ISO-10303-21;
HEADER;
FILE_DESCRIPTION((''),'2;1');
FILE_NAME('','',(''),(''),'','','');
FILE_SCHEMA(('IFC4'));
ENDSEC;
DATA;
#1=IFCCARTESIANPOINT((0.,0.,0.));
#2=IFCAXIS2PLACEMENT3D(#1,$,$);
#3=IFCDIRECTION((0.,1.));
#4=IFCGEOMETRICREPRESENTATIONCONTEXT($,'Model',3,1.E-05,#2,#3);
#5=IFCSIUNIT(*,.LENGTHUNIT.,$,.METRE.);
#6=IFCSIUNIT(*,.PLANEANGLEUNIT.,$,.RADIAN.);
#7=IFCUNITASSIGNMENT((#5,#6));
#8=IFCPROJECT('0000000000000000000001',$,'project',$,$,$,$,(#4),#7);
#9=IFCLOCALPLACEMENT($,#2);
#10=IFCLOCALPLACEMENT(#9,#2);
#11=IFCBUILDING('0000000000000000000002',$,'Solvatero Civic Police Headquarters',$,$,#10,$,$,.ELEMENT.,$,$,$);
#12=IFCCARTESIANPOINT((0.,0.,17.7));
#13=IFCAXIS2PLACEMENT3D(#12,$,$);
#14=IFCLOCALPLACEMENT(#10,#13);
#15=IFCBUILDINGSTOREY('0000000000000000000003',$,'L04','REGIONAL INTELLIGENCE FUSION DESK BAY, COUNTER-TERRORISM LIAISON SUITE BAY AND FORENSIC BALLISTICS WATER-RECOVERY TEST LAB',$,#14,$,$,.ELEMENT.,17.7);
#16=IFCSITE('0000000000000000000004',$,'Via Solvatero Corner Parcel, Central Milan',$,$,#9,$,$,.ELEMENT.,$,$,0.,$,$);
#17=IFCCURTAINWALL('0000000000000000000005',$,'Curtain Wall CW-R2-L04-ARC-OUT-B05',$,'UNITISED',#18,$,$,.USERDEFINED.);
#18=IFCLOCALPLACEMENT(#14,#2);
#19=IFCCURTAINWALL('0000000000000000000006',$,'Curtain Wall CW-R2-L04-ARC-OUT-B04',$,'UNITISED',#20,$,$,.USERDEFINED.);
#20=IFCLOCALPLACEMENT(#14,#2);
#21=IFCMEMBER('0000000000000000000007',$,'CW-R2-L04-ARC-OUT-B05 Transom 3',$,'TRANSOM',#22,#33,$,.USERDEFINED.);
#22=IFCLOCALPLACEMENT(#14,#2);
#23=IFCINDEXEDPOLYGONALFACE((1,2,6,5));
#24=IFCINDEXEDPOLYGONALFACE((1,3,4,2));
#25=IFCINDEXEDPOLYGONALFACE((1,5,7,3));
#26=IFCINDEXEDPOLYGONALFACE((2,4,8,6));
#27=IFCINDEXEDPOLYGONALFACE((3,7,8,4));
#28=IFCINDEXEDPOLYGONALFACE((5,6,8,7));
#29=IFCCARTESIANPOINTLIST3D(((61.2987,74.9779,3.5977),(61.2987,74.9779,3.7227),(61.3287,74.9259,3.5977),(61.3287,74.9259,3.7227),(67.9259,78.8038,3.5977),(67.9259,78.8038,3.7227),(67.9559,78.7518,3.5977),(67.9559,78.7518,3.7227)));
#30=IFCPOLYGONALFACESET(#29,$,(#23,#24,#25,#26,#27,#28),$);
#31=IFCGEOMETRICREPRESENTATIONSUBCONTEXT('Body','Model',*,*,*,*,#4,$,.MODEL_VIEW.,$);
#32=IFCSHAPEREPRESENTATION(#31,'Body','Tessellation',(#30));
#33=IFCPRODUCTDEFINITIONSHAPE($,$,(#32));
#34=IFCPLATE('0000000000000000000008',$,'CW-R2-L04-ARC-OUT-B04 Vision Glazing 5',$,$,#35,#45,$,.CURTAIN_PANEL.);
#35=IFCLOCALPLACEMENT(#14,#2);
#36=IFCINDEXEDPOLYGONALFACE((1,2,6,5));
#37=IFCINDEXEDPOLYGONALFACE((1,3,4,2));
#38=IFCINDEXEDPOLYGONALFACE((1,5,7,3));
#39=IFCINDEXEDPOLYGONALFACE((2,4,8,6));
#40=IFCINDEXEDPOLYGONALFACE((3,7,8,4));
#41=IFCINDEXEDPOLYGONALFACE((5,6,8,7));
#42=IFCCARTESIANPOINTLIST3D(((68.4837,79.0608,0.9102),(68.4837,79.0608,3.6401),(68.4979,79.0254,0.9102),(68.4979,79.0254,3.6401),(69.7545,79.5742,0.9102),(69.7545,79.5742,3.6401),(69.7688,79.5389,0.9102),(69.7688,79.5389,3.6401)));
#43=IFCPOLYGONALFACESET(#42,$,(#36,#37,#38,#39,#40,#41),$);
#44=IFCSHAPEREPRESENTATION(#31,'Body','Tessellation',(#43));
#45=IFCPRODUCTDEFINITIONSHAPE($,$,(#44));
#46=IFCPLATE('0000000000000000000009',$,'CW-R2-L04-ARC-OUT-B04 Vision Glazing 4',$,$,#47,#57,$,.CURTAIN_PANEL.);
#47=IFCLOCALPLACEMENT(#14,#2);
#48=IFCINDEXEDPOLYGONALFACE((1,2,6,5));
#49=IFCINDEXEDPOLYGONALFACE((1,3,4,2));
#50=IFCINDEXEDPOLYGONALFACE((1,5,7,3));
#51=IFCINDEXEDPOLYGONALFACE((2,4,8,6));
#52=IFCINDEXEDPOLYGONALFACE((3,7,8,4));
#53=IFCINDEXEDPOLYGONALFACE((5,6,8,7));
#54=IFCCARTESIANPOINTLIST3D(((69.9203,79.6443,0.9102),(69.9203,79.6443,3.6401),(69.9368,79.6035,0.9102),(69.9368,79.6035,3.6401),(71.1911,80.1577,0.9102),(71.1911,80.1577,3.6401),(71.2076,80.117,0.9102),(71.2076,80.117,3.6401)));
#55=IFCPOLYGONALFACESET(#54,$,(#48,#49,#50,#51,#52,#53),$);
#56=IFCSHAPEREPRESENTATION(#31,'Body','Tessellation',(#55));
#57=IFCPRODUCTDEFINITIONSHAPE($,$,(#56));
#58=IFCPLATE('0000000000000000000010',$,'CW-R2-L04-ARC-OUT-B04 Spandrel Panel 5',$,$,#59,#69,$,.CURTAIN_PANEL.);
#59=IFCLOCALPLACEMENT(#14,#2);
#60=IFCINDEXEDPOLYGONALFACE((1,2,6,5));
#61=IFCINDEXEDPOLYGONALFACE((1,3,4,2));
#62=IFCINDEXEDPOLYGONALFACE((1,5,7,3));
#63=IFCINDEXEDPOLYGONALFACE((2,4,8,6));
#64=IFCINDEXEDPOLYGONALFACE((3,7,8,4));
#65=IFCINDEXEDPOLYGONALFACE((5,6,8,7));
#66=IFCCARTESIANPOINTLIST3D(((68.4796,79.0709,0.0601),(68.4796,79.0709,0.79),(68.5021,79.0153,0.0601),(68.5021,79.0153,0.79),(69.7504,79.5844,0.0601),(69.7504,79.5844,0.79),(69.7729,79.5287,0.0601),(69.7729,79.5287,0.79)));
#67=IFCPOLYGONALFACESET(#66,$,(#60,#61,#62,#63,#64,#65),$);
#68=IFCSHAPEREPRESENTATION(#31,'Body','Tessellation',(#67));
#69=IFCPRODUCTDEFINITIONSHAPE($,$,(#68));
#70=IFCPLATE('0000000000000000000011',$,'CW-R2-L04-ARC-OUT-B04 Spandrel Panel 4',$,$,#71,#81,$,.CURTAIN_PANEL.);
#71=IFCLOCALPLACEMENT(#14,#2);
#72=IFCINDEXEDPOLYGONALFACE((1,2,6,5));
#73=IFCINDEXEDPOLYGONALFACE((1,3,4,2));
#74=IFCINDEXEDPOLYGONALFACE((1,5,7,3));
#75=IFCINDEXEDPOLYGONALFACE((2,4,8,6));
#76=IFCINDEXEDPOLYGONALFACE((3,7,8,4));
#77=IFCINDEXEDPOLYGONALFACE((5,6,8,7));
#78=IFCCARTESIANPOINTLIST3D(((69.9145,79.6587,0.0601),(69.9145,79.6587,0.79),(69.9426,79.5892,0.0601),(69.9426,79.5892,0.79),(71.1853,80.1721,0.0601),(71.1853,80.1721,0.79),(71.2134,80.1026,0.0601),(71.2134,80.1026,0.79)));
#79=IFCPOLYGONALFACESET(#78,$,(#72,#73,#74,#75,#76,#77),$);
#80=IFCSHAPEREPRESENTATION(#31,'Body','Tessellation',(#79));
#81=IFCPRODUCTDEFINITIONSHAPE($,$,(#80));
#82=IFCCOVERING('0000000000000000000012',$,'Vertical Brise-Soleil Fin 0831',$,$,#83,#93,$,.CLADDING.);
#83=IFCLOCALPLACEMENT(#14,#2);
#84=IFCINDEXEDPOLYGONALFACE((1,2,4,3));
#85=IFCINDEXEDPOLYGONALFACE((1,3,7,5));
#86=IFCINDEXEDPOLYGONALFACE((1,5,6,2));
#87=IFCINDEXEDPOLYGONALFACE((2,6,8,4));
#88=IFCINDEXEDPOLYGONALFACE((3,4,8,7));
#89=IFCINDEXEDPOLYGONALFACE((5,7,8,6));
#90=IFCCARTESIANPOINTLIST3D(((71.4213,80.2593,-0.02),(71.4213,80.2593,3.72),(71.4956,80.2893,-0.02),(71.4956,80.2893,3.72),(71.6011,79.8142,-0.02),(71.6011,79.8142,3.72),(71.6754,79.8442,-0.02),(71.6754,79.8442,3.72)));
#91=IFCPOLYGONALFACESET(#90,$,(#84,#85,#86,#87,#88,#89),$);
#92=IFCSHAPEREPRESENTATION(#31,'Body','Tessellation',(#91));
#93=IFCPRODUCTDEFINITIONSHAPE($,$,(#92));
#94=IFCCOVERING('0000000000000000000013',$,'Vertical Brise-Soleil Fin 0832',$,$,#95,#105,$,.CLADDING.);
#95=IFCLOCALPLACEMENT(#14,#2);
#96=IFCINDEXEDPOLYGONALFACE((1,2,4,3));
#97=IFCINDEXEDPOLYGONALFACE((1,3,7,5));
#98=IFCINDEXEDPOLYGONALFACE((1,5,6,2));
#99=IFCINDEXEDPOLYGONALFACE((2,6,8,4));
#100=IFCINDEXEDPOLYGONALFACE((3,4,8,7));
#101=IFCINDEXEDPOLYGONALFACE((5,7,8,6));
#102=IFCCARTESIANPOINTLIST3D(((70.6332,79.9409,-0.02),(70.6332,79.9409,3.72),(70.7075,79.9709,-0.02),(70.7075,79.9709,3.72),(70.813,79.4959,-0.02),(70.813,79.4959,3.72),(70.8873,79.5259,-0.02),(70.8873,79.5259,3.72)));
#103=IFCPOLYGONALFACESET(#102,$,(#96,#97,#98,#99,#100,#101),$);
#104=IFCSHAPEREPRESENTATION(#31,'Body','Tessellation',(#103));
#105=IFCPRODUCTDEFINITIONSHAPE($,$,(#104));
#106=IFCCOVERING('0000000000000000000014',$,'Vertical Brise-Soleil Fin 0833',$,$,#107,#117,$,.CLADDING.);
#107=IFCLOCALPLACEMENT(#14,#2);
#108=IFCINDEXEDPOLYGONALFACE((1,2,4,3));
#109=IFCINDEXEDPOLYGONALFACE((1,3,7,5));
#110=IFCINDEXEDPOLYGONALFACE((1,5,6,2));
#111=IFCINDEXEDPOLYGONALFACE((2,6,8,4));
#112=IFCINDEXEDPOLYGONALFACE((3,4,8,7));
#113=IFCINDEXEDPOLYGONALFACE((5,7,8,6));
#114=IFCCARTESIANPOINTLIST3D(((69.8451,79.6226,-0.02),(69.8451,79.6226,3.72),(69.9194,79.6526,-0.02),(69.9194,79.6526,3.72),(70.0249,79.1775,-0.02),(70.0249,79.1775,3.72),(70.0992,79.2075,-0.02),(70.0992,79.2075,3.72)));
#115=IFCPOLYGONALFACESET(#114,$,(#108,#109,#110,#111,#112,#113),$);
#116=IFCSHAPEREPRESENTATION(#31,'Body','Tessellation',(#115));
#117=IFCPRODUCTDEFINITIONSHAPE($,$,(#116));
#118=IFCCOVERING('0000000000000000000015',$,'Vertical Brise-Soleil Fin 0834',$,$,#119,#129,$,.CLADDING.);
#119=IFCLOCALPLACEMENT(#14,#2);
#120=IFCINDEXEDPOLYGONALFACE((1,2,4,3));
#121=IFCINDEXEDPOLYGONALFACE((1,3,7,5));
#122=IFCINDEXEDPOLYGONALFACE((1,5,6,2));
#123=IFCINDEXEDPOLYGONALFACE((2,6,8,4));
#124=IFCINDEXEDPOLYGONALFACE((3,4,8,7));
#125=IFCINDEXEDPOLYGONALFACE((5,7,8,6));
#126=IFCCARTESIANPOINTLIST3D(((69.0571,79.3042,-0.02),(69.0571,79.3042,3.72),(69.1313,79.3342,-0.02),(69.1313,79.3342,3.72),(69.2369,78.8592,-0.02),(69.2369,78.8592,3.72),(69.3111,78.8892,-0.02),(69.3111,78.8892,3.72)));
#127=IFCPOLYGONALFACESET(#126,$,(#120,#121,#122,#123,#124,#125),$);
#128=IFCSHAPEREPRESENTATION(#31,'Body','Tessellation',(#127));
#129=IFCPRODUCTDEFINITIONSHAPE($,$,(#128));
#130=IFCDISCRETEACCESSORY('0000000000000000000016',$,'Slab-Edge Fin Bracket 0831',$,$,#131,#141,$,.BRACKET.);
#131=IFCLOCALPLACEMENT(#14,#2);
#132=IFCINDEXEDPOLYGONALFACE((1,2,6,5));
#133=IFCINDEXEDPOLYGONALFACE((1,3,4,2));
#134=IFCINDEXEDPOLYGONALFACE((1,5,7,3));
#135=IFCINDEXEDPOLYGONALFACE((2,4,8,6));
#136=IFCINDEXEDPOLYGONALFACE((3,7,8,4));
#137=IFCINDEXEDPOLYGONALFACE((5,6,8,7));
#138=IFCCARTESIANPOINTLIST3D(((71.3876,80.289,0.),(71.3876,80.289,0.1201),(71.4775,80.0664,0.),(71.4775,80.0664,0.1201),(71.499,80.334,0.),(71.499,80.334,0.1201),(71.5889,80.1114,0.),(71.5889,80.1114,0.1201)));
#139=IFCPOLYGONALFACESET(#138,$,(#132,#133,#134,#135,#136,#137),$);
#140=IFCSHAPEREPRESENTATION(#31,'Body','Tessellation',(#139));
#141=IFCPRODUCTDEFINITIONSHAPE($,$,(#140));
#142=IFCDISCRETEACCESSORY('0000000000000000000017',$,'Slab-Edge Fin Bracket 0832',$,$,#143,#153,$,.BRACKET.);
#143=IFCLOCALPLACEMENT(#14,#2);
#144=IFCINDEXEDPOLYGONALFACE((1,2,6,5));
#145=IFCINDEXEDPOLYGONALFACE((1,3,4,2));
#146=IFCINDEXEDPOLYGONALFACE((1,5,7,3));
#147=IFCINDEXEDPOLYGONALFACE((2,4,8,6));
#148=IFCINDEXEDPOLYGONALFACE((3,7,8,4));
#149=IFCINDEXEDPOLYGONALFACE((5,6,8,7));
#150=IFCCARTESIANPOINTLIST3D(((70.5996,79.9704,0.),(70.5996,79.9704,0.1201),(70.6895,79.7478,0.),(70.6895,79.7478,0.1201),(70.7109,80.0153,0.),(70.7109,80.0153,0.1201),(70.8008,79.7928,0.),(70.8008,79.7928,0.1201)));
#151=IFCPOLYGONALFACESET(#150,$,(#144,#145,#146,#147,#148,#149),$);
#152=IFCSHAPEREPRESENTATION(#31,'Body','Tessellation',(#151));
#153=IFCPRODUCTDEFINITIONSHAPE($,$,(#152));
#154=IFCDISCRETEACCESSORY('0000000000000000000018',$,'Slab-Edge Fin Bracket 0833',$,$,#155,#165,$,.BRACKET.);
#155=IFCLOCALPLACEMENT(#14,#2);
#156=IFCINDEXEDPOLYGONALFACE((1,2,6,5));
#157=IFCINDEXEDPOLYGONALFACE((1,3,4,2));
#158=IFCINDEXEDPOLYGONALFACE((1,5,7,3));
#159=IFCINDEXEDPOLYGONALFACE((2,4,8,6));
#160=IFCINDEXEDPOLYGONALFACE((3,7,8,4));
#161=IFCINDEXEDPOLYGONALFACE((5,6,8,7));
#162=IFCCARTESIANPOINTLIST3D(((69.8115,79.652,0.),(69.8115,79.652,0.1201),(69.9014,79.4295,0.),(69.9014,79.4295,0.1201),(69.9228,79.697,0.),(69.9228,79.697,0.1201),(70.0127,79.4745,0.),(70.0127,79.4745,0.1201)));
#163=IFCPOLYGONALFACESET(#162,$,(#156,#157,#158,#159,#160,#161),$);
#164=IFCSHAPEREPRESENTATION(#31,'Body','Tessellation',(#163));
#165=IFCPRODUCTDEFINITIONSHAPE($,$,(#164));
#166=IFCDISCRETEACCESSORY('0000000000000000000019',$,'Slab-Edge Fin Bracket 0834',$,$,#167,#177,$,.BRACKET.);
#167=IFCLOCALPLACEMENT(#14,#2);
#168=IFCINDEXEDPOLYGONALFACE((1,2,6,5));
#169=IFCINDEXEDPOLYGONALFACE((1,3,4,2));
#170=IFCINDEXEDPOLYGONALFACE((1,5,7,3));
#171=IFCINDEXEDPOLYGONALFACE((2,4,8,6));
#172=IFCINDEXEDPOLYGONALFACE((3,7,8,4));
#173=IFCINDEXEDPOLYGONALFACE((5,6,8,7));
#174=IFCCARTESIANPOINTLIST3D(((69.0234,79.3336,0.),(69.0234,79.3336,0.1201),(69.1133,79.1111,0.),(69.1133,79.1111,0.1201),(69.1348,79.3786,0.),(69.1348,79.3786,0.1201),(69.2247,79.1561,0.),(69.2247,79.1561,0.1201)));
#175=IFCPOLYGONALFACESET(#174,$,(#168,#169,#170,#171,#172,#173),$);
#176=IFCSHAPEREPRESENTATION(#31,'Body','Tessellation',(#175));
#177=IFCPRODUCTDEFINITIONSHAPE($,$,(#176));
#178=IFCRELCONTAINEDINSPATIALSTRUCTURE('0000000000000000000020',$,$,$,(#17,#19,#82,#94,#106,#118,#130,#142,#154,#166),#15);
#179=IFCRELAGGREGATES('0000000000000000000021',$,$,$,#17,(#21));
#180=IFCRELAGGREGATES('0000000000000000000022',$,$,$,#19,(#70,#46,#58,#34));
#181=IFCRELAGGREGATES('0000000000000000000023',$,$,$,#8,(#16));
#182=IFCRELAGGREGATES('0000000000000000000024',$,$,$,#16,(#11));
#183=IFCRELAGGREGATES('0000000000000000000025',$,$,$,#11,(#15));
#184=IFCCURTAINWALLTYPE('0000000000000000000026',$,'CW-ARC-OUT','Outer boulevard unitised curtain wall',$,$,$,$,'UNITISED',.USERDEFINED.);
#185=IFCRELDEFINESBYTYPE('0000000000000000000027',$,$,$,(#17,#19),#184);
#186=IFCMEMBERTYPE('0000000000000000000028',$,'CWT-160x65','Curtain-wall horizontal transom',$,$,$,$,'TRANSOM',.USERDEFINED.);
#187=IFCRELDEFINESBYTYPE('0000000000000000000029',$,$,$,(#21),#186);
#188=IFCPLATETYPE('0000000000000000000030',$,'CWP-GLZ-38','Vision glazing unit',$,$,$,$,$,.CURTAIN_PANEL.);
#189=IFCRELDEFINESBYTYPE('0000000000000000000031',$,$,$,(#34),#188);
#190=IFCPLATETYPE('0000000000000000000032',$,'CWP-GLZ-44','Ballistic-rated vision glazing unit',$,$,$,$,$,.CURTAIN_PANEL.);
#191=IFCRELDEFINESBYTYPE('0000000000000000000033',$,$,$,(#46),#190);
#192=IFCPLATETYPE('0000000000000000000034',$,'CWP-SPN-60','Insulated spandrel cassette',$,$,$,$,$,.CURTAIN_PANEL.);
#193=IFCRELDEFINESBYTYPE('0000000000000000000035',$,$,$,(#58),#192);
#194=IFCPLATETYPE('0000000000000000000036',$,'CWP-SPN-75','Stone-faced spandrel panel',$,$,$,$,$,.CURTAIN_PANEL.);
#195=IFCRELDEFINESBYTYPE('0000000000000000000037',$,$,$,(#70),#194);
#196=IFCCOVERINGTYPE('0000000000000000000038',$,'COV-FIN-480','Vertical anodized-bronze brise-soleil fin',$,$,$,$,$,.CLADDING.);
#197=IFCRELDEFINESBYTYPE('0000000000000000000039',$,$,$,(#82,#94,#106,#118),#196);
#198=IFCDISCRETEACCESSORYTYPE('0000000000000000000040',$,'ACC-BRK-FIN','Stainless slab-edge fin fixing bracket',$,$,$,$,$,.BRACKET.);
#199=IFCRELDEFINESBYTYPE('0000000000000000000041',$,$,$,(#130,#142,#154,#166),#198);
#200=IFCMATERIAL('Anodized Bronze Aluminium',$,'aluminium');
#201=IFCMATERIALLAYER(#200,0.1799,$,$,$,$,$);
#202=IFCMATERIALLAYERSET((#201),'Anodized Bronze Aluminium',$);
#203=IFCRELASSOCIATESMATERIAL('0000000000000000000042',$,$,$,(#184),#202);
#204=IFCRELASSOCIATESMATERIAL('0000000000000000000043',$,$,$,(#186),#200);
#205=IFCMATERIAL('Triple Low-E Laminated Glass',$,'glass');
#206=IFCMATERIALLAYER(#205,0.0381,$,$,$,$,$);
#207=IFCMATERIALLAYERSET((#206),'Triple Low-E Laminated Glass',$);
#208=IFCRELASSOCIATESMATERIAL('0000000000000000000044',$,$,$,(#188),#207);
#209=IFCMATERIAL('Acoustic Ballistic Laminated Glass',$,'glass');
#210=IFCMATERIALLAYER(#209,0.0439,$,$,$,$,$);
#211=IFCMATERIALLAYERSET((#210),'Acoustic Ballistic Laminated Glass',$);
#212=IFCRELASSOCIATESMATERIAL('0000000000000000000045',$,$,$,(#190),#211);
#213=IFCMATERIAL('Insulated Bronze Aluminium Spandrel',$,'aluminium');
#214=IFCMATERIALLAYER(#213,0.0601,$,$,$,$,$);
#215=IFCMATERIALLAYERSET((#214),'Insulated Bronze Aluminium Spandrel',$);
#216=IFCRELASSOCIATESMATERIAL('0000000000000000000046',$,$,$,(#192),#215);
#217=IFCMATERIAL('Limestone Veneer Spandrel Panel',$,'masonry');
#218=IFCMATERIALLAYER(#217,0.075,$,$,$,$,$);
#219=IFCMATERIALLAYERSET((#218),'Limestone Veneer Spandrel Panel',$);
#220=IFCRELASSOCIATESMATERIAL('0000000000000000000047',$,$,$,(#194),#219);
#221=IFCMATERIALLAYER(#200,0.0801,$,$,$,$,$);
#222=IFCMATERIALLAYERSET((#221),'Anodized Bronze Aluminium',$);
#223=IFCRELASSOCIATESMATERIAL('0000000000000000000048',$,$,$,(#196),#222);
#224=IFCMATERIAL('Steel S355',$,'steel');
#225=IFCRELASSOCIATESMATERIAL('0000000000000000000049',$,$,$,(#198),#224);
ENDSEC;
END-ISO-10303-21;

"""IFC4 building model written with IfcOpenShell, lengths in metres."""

from ifc_helpers import new_model, si_unit, direction, frame, origin, origin_2d, place, context, subcontext, project, spatial, rectangle, extrude, material, layer, layer_set, material_profile, profile_set, type_object, element, aggregate, save


model = new_model("IFC4")

# Units and contexts
model_context = context("Model", 3, precision=1e-05, world=origin(), true_north=direction((0.0, 1.0)))
body_context = subcontext(model_context, "Body", "Model", "MODEL_VIEW")
ifc_project = project(units=[si_unit("LENGTHUNIT", "METRE"), si_unit("PLANEANGLEUNIT", "RADIAN")], contexts=[model_context])

# Site, building, storey
site_placement = place(None, origin())
site = spatial("IfcSite", under=ifc_project, at=site_placement, Name="Via Solvatero Corner Parcel, Central Milan", CompositionType="ELEMENT", RefElevation=0.0)
building_placement = place(site_placement, origin())
building = spatial("IfcBuilding", under=site, at=building_placement, Name="Solvatero Civic Police Headquarters", CompositionType="ELEMENT")
storey_placement = place(building_placement, frame((0.0, 0.0, 17.7)))
storey = spatial("IfcBuildingStorey", under=building, at=storey_placement, Name="L04", Description="REGIONAL INTELLIGENCE FUSION DESK BAY, COUNTER-TERRORISM LIAISON SUITE BAY AND FORENSIC BALLISTICS WATER-RECOVERY TEST LAB", CompositionType="ELEMENT", Elevation=17.7)

# Shared definitions
ifc_material_1 = material(Name="Steel S355", Category="steel")

# Curtain wall
ifc_material_2 = material(Name="Anodized Bronze Aluminium", Category="aluminium")
ifc_layer_1 = layer(ifc_material_2, 0.1799)
ifc_layer_set_1 = layer_set([ifc_layer_1], Name="Anodized Bronze Aluminium")
curtain_wall_type = type_object("IfcCurtainWallType", Name="CW-ARC-OUT", Description="Outer boulevard unitised curtain wall", ElementType="UNITISED", PredefinedType="USERDEFINED", material=ifc_layer_set_1)
curtain_wall_1_placement = place(storey_placement, origin())
curtain_wall_1 = element("IfcCurtainWall", 1, at=curtain_wall_1_placement, inside=storey, type_object=curtain_wall_type, Name="Curtain Wall CW-R2-L04-ARC-OUT-B05", ObjectType="UNITISED", PredefinedType="USERDEFINED")

# Curtain wall
curtain_wall_2_placement = place(storey_placement, origin())
curtain_wall_2 = element("IfcCurtainWall", 2, at=curtain_wall_2_placement, inside=storey, type_object=curtain_wall_type, Name="Curtain Wall CW-R2-L04-ARC-OUT-B04", ObjectType="UNITISED", PredefinedType="USERDEFINED")

# Member
ifc_material_profile_1 = material_profile(ifc_material_2, rectangle(XDim=0.0601, YDim=0.125, at=origin_2d()), Name="ALU TRANSOM 60x125")
ifc_profile_set_1 = profile_set([ifc_material_profile_1], Name="Anodized Bronze Aluminium")
member_type_1 = type_object("IfcMemberType", Name="CWT-160x65", Description="Curtain-wall horizontal transom", ElementType="TRANSOM", PredefinedType="USERDEFINED", material=ifc_profile_set_1)
member_1_placement = place(storey_placement, frame((67.9409, 78.7778, 3.6602), z_axis=(-0.866042, -0.499972, 0.0), x_axis=(0.499972, -0.866042, 0.0)))
member_1 = element("IfcMember", 3, at=member_1_placement, type_object=member_type_1, Name="CW-R2-L04-ARC-OUT-B05 Transom 3", ObjectType="TRANSOM", PredefinedType="USERDEFINED", context=body_context, shape_type="SweptSolid", body=[
    extrude(rectangle(XDim=0.0601, YDim=0.125, at=origin_2d()), origin(), (0.0, 0.0, 1.0), 7.6523),
])
aggregate(curtain_wall_1, [member_1])

# Plates
ifc_material_3 = material(Name="Triple Low-E Laminated Glass", Category="glass")
ifc_layer_2 = layer(ifc_material_3, 0.0381)
ifc_layer_set_2 = layer_set([ifc_layer_2], Name="Triple Low-E Laminated Glass")
plate_type_1 = type_object("IfcPlateType", Name="CWP-GLZ-38", Description="Vision glazing unit", PredefinedType="CURTAIN_PANEL", material=ifc_layer_set_2)
plate_1_placement = place(storey_placement, frame((69.1262, 79.2998, 0.9102), z_axis=(0.0, 0.0, 1.0), x_axis=(-0.92719, -0.37459, 0.0)))
plate_1 = element("IfcPlate", 4, at=plate_1_placement, type_object=plate_type_1, Name="CW-R2-L04-ARC-OUT-B04 Vision Glazing 5", PredefinedType="CURTAIN_PANEL", context=body_context, shape_type="SweptSolid", body=[
    extrude(rectangle(XDim=1.3706, YDim=0.0381, at=origin_2d()), origin(), (0.0, 0.0, 1.0), 2.73),
])
ifc_material_4 = material(Name="Acoustic Ballistic Laminated Glass", Category="glass")
ifc_layer_3 = layer(ifc_material_4, 0.0439)
ifc_layer_set_3 = layer_set([ifc_layer_3], Name="Acoustic Ballistic Laminated Glass")
plate_type_2 = type_object("IfcPlateType", Name="CWP-GLZ-44", Description="Ballistic-rated vision glazing unit", PredefinedType="CURTAIN_PANEL", material=ifc_layer_set_3)
plate_2_placement = place(storey_placement, frame((70.564, 79.8806, 0.9102), z_axis=(0.0, 0.0, 1.0), x_axis=(-0.92719, -0.37459, 0.0)))
plate_2 = element("IfcPlate", 5, at=plate_2_placement, type_object=plate_type_2, Name="CW-R2-L04-ARC-OUT-B04 Vision Glazing 4", PredefinedType="CURTAIN_PANEL", context=body_context, shape_type="SweptSolid", body=[
    extrude(rectangle(XDim=1.3706, YDim=0.0439, at=origin_2d()), origin(), (0.0, 0.0, 1.0), 2.73),
])
ifc_material_5 = material(Name="Insulated Bronze Aluminium Spandrel", Category="aluminium")
ifc_layer_4 = layer(ifc_material_5, 0.0601)
ifc_layer_set_4 = layer_set([ifc_layer_4], Name="Insulated Bronze Aluminium Spandrel")
plate_type_3 = type_object("IfcPlateType", Name="CWP-SPN-60", Description="Insulated spandrel cassette", PredefinedType="CURTAIN_PANEL", material=ifc_layer_set_4)
plate_3_placement = place(storey_placement, frame((69.1262, 79.2998, 0.0601), z_axis=(0.0, 0.0, 1.0), x_axis=(-0.92719, -0.37459, 0.0)))
plate_3 = element("IfcPlate", 6, at=plate_3_placement, type_object=plate_type_3, Name="CW-R2-L04-ARC-OUT-B04 Spandrel Panel 5", PredefinedType="CURTAIN_PANEL", context=body_context, shape_type="SweptSolid", body=[
    extrude(rectangle(XDim=1.3706, YDim=0.0601, at=origin_2d()), origin(), (0.0, 0.0, 1.0), 0.73),
])
ifc_material_6 = material(Name="Limestone Veneer Spandrel Panel", Category="masonry")
ifc_layer_5 = layer(ifc_material_6, 0.075)
ifc_layer_set_5 = layer_set([ifc_layer_5], Name="Limestone Veneer Spandrel Panel")
plate_type_4 = type_object("IfcPlateType", Name="CWP-SPN-75", Description="Stone-faced spandrel panel", PredefinedType="CURTAIN_PANEL", material=ifc_layer_set_5)
plate_4_placement = place(storey_placement, frame((70.564, 79.8806, 0.0601), z_axis=(0.0, 0.0, 1.0), x_axis=(-0.92719, -0.37459, 0.0)))
plate_4 = element("IfcPlate", 7, at=plate_4_placement, type_object=plate_type_4, Name="CW-R2-L04-ARC-OUT-B04 Spandrel Panel 4", PredefinedType="CURTAIN_PANEL", context=body_context, shape_type="SweptSolid", body=[
    extrude(rectangle(XDim=1.3706, YDim=0.075, at=origin_2d()), origin(), (0.0, 0.0, 1.0), 0.73),
])
aggregate(curtain_wall_2, [plate_4, plate_2, plate_3, plate_1])

# Coverings
ifc_layer_6 = layer(ifc_material_2, 0.0801)
ifc_layer_set_6 = layer_set([ifc_layer_6], Name="Anodized Bronze Aluminium")
covering_type = type_object("IfcCoveringType", Name="COV-FIN-480", Description="Vertical anodized-bronze brise-soleil fin", PredefinedType="CLADDING", material=ifc_layer_set_6)
for number, where, z_axis, x_axis, name in (
    (8, (71.5483, 80.0518, -0.02), (0.0, 0.0, 1.0), (-0.92719, -0.37459, 0.0), "Vertical Brise-Soleil Fin 0831"),
    (9, (70.7603, 79.7334, -0.02), (0.0, 0.0, 1.0), (-0.92719, -0.37459, 0.0), "Vertical Brise-Soleil Fin 0832"),
    (10, (69.9722, 79.415, -0.02), (0.0, 0.0, 1.0), (-0.92719, -0.37459, 0.0), "Vertical Brise-Soleil Fin 0833"),
    (11, (69.1841, 79.0967, -0.02), (0.0, 0.0, 1.0), (-0.92719, -0.37459, 0.0), "Vertical Brise-Soleil Fin 0834"),
):
    element("IfcCovering", number, at=place(storey_placement, frame(where, z_axis=z_axis, x_axis=x_axis)), inside=storey, type_object=covering_type, Name=name, PredefinedType="CLADDING", context=body_context, shape_type="SweptSolid", body=[
        extrude(rectangle(XDim=0.0801, YDim=0.48, at=origin_2d()), origin(), (0.0, 0.0, 1.0), 3.74),
    ])

# Discrete accessories
discrete_accessory_type = type_object("IfcDiscreteAccessoryType", Name="ACC-BRK-FIN", Description="Stainless slab-edge fin fixing bracket", PredefinedType="BRACKET", material=ifc_material_1)
for number, where, z_axis, x_axis, name in (
    (12, (71.4883, 80.2002, 0.0), (0.0, 0.0, 1.0), (-0.92719, -0.37459, 0.0), "Slab-Edge Fin Bracket 0831"),
    (13, (70.7002, 79.8816, 0.0), (0.0, 0.0, 1.0), (-0.92719, -0.37459, 0.0), "Slab-Edge Fin Bracket 0832"),
    (14, (69.9121, 79.5632, 0.0), (0.0, 0.0, 1.0), (-0.92719, -0.37459, 0.0), "Slab-Edge Fin Bracket 0833"),
    (15, (69.124, 79.2449, 0.0), (0.0, 0.0, 1.0), (-0.92719, -0.37459, 0.0), "Slab-Edge Fin Bracket 0834"),
):
    element("IfcDiscreteAccessory", number, at=place(storey_placement, frame(where, z_axis=z_axis, x_axis=x_axis)), inside=storey, type_object=discrete_accessory_type, Name=name, PredefinedType="BRACKET", context=body_context, shape_type="SweptSolid", body=[
        extrude(rectangle(XDim=0.1201, YDim=0.24, at=origin_2d()), origin(), (0.0, 0.0, 1.0), 0.1201),
    ])

save(model, "model.ifc")
